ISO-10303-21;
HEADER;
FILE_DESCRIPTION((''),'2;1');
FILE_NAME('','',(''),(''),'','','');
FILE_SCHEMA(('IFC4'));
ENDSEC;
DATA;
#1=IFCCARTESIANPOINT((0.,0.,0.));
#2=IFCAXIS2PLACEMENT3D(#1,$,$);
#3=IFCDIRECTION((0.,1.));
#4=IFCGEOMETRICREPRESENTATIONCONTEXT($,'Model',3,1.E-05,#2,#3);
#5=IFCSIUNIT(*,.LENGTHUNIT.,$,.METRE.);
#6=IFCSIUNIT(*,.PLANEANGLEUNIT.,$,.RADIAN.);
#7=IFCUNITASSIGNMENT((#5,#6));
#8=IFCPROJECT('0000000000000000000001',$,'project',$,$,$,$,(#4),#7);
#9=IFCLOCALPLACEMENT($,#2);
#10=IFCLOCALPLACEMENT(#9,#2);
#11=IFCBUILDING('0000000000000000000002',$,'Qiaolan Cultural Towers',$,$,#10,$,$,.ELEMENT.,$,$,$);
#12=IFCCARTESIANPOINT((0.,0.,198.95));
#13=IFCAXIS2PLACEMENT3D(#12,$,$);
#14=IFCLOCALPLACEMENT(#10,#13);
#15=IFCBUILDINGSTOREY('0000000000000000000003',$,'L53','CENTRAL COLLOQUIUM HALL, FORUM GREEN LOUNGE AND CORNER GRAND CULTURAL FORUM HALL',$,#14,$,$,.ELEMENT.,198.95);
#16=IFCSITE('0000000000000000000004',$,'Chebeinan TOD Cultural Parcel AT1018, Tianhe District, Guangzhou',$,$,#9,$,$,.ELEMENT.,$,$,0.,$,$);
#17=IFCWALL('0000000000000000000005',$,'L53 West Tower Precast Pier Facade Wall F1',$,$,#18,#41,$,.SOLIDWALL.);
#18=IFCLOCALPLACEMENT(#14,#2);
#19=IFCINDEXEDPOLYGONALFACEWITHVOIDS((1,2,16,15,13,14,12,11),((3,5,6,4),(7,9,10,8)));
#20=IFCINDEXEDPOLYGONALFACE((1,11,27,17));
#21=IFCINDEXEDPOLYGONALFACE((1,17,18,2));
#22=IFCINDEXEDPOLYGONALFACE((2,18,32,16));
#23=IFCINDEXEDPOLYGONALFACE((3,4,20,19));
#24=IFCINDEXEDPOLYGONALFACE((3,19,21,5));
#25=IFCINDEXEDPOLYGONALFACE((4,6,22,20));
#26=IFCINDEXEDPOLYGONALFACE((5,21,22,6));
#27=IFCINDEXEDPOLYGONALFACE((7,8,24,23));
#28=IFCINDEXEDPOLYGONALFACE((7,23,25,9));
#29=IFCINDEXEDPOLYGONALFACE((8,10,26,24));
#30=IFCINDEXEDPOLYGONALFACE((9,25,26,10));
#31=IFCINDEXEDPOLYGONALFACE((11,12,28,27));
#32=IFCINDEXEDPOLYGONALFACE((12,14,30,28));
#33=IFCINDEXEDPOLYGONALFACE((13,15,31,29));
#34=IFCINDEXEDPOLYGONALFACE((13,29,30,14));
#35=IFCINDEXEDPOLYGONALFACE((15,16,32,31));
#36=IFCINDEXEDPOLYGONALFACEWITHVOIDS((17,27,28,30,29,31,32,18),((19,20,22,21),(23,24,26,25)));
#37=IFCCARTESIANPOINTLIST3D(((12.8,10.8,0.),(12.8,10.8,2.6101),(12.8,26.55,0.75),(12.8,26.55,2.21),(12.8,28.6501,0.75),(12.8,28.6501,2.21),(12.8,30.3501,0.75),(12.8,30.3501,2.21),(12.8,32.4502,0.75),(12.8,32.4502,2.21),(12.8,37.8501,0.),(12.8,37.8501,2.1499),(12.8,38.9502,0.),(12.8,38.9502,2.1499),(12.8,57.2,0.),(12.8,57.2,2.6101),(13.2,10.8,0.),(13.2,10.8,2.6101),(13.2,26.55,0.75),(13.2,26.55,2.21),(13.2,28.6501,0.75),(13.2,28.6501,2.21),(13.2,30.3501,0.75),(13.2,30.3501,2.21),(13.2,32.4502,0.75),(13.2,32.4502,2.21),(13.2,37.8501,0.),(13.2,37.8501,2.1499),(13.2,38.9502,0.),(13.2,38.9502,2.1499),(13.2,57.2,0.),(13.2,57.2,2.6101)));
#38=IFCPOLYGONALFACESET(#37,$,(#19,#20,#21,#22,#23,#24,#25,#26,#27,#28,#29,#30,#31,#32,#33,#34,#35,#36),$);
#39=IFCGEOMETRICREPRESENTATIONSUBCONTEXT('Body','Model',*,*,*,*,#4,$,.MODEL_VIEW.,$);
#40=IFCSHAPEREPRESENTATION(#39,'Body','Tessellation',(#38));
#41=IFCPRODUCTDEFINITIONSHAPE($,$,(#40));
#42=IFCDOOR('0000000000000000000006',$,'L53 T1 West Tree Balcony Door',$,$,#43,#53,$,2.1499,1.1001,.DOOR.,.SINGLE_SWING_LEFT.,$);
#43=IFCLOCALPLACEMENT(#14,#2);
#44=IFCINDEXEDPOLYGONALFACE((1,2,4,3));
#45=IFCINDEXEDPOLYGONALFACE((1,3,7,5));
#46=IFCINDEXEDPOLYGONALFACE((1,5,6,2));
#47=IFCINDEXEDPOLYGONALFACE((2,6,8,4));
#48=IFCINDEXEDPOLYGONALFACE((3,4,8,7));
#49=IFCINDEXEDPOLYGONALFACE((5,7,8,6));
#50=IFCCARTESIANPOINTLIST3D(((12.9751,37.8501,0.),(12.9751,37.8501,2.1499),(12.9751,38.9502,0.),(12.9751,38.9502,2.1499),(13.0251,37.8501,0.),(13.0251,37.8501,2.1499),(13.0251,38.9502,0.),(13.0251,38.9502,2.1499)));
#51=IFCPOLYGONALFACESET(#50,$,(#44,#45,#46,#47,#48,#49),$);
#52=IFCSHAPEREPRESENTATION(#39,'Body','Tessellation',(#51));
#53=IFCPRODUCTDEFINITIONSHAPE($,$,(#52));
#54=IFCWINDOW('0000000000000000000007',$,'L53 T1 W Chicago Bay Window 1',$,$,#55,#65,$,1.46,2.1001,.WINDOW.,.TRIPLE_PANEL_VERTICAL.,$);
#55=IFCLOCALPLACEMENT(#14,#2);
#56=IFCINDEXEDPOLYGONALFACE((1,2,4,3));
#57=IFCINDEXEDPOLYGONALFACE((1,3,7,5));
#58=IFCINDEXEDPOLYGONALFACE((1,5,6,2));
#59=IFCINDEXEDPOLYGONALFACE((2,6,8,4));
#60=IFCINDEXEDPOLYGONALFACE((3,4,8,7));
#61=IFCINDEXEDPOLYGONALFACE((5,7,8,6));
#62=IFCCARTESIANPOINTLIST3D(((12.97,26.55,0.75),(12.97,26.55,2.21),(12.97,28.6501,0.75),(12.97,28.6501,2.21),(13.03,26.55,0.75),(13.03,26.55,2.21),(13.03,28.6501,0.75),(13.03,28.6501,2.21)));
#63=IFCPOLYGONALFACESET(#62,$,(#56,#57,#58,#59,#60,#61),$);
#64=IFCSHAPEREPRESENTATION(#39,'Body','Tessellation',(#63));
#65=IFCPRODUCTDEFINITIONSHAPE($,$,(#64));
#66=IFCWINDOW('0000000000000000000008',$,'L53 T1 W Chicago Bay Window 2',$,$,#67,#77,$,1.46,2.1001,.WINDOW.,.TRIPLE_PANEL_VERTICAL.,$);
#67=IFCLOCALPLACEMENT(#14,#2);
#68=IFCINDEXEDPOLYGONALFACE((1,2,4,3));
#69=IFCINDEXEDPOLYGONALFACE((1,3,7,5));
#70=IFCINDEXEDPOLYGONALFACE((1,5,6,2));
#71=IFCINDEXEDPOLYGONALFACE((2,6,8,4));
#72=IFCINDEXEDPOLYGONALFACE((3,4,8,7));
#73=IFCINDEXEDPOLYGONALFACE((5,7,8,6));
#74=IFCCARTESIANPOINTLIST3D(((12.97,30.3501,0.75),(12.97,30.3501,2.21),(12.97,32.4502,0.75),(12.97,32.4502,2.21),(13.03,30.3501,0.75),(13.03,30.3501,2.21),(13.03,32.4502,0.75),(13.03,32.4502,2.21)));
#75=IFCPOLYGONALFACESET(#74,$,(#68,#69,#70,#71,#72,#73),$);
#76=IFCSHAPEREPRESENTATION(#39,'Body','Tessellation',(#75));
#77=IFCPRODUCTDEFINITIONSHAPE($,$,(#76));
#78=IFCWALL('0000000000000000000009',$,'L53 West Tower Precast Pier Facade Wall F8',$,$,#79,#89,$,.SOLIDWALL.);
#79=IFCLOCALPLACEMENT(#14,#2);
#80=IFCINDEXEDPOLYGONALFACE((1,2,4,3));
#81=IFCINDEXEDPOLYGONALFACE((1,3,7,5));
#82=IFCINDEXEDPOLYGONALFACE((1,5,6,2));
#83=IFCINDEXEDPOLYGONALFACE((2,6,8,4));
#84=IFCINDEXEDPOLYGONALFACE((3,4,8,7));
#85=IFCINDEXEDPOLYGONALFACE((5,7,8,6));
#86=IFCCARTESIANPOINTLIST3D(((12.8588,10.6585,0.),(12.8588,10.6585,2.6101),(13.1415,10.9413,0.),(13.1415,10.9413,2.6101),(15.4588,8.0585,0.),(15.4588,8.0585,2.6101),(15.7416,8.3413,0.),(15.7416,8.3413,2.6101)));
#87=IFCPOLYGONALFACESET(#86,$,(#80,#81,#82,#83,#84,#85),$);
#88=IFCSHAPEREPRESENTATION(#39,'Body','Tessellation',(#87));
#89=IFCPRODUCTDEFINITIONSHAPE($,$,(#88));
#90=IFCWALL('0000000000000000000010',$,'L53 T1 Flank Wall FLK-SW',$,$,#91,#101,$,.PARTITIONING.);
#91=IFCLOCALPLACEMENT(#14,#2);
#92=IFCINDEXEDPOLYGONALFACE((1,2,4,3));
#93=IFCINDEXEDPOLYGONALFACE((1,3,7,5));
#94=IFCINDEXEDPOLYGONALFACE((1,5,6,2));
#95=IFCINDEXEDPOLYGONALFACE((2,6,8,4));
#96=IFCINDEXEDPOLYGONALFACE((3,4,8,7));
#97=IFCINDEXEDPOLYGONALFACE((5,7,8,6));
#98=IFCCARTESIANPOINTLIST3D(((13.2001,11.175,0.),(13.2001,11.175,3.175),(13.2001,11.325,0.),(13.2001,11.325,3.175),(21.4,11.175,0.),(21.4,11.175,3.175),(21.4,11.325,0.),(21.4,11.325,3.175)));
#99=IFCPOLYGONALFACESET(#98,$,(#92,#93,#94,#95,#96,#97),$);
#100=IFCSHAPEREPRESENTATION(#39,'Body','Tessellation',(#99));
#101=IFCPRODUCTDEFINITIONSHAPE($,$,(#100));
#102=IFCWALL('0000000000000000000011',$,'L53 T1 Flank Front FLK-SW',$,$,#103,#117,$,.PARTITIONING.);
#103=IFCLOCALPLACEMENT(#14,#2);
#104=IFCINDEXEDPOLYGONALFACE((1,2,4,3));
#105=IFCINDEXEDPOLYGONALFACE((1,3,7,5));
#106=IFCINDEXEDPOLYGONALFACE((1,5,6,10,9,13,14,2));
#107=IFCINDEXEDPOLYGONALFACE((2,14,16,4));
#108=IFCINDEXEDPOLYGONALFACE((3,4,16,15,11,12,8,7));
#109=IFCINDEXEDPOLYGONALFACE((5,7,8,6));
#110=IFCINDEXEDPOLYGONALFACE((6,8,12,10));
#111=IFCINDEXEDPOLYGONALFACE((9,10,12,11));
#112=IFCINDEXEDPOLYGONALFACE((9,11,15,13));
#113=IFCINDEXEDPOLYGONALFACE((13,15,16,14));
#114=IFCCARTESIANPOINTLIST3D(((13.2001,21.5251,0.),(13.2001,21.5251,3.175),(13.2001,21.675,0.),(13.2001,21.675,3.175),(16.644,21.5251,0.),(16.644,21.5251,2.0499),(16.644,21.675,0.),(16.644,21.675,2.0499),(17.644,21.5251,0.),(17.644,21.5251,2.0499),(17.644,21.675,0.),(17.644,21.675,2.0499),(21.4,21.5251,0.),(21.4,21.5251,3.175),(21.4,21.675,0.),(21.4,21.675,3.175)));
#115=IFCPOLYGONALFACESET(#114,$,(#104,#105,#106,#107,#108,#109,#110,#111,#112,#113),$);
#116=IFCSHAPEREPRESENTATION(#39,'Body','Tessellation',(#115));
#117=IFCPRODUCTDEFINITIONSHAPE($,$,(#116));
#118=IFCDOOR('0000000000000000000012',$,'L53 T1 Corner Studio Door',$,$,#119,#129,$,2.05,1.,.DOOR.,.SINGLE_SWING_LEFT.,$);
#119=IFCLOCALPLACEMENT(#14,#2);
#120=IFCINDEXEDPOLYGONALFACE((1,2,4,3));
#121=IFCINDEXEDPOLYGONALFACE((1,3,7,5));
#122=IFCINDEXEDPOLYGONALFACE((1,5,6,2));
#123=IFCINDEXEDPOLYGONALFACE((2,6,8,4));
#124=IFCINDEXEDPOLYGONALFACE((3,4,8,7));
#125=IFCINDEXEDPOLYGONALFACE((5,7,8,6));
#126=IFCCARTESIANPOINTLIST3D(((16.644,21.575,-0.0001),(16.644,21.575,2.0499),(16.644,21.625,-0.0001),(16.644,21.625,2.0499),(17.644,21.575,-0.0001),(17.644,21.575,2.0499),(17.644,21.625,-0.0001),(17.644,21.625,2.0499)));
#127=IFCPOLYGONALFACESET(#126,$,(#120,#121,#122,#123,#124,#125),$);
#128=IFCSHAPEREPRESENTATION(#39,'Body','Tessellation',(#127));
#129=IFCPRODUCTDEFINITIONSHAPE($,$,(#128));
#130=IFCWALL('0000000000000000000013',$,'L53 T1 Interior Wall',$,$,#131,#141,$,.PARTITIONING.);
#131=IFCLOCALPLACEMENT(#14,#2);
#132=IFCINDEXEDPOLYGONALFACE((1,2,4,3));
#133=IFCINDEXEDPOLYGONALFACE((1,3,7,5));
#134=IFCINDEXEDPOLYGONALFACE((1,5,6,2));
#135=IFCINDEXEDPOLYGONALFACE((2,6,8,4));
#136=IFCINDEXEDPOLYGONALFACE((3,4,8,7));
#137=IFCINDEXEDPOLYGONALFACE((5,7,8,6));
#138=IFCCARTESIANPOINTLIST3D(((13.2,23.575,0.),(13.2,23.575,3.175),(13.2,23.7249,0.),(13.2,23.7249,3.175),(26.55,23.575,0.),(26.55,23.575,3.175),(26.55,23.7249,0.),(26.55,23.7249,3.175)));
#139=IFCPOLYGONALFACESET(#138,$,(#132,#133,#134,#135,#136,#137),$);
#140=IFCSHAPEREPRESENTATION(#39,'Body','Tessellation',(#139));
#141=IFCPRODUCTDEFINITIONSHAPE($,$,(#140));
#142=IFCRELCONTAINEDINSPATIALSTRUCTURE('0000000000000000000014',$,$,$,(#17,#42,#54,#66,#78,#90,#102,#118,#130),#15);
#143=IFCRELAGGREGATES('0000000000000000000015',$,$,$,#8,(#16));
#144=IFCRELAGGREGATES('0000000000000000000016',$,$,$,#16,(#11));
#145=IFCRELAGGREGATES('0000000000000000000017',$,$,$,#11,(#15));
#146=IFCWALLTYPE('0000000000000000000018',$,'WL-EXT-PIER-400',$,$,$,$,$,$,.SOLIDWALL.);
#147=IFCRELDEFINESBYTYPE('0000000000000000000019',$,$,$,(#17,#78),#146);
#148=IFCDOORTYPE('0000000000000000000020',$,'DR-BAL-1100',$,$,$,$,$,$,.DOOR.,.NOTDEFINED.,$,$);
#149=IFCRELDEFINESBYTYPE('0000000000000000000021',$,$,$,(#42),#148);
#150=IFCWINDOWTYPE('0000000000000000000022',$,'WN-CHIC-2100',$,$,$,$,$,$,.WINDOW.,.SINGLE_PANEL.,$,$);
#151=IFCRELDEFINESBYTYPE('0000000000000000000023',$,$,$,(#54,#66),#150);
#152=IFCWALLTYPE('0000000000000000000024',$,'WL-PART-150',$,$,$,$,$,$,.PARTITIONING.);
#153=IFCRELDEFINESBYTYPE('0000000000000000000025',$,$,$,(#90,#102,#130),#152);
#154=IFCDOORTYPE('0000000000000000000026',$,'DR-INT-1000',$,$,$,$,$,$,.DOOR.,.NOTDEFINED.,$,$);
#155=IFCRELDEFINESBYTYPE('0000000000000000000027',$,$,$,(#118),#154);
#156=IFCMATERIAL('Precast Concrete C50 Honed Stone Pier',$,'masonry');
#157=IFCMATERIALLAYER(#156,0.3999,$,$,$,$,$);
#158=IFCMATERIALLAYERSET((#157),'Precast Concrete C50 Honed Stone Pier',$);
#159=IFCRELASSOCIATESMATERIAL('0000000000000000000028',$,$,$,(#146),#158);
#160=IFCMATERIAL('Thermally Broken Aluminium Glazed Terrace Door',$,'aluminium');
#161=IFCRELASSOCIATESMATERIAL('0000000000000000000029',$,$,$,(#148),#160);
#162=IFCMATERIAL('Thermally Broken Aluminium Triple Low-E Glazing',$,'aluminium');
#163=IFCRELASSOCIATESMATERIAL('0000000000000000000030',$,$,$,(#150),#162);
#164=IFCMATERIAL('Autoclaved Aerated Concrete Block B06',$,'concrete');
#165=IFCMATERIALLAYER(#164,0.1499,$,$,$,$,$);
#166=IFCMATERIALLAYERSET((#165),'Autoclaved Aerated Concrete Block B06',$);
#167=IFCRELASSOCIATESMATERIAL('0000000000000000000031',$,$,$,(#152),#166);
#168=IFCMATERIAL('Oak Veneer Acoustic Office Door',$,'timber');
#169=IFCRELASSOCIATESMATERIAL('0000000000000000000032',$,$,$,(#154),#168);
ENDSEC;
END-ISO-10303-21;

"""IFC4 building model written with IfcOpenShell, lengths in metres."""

from ifc_helpers import new_model, si_unit, direction, frame, frame_2d, origin, place, context, subcontext, project, spatial, rectangle, extrude, material, layer, layer_set, type_object, element, fill, save


model = new_model("IFC4")

# Units and contexts
model_context = context("Model", 3, precision=1e-05, world=origin(), true_north=direction((0.0, 1.0)))
body_context = subcontext(model_context, "Body", "Model", "MODEL_VIEW")
ifc_project = project(units=[si_unit("LENGTHUNIT", "METRE"), si_unit("PLANEANGLEUNIT", "RADIAN")], contexts=[model_context])

# Site, building, storey
site_placement = place(None, origin())
site = spatial("IfcSite", under=ifc_project, at=site_placement, Name="Chebeinan TOD Cultural Parcel AT1018, Tianhe District, Guangzhou", CompositionType="ELEMENT", RefElevation=0.0)
building_placement = place(site_placement, origin())
building = spatial("IfcBuilding", under=site, at=building_placement, Name="Qiaolan Cultural Towers", CompositionType="ELEMENT")
storey_placement = place(building_placement, frame((0.0, 0.0, 198.95)))
storey = spatial("IfcBuildingStorey", under=building, at=storey_placement, Name="L53", Description="CENTRAL COLLOQUIUM HALL, FORUM GREEN LOUNGE AND CORNER GRAND CULTURAL FORUM HALL", CompositionType="ELEMENT", Elevation=198.95)

# Wall, openings, door, windows
ifc_material_1 = material(Name="Precast Concrete C50 Honed Stone Pier", Category="masonry")
ifc_layer_1 = layer(ifc_material_1, 0.3999)
ifc_layer_set_1 = layer_set([ifc_layer_1], Name="Precast Concrete C50 Honed Stone Pier")
wall_type_1 = type_object("IfcWallType", Name="WL-EXT-PIER-400", PredefinedType="SOLIDWALL", material=ifc_layer_set_1)
wall_1_placement = place(storey_placement, frame((13.0, 10.8, 0.0), z_axis=(0.0, 0.0, 1.0), x_axis=(0.0, 1.0, 0.0)))
wall_1 = element("IfcWall", 1, at=wall_1_placement, inside=storey, type_object=wall_type_1, Name="L53 West Tower Precast Pier Facade Wall F1", PredefinedType="SOLIDWALL", context=body_context, shape_type="SweptSolid", body=[
    extrude(rectangle(XDim=46.3999, YDim=0.3999, at=frame_2d((23.2, 0.0))), origin(), (0.0, 0.0, 1.0), 2.6101),
])
opening_1_placement = place(wall_1_placement, frame((15.75, 0.0, 0.75)))
opening_1 = element("IfcOpeningElement", 2, at=opening_1_placement, cuts=wall_1, PredefinedType="OPENING", context=body_context, shape_type="SweptSolid", body=[
    extrude(rectangle(XDim=2.1001, YDim=1.46, at=frame_2d((1.05, 0.73))), frame((0.0, 0.21, 0.0), z_axis=(0.0, -1.0, 0.0), x_axis=(1.0, 0.0, 0.0)), (0.0, 0.0, 1.0), 0.4199),
])
opening_2_placement = place(wall_1_placement, frame((19.55, 0.0, 0.75)))
opening_2 = element("IfcOpeningElement", 3, at=opening_2_placement, cuts=wall_1, PredefinedType="OPENING", context=body_context, shape_type="SweptSolid", body=[
    extrude(rectangle(XDim=2.1001, YDim=1.46, at=frame_2d((1.05, 0.73))), frame((0.0, 0.21, 0.0), z_axis=(0.0, -1.0, 0.0), x_axis=(1.0, 0.0, 0.0)), (0.0, 0.0, 1.0), 0.4199),
])
opening_3_placement = place(wall_1_placement, frame((27.05, 0.0, 0.0)))
opening_3 = element("IfcOpeningElement", 4, at=opening_3_placement, cuts=wall_1, PredefinedType="OPENING", context=body_context, shape_type="SweptSolid", body=[
    extrude(rectangle(XDim=1.1001, YDim=2.1499, at=frame_2d((0.55, 1.075))), frame((0.0, 0.21, 0.0), z_axis=(0.0, -1.0, 0.0), x_axis=(1.0, 0.0, 0.0)), (0.0, 0.0, 1.0), 0.4199),
])
ifc_material_2 = material(Name="Thermally Broken Aluminium Glazed Terrace Door", Category="aluminium")
door_type_1 = type_object("IfcDoorType", Name="DR-BAL-1100", OperationType="NOTDEFINED", PredefinedType="DOOR", material=ifc_material_2)
door_1_placement = place(opening_3_placement, origin())
door_1 = element("IfcDoor", 5, at=door_1_placement, inside=storey, type_object=door_type_1, Name="L53 T1 West Tree Balcony Door", OperationType="SINGLE_SWING_LEFT", OverallHeight=2.1499, OverallWidth=1.1001, PredefinedType="DOOR", context=body_context, shape_type="SweptSolid", body=[
    extrude(rectangle(XDim=1.1001, YDim=2.1499, at=frame_2d((0.55, 1.075))), frame((0.0, 0.0249, 0.0), z_axis=(0.0, -1.0, 0.0), x_axis=(1.0, 0.0, 0.0)), (0.0, 0.0, 1.0), 0.05),
])
fill(opening_3, door_1)
ifc_material_3 = material(Name="Thermally Broken Aluminium Triple Low-E Glazing", Category="aluminium")
window_type = type_object("IfcWindowType", Name="WN-CHIC-2100", PartitioningType="SINGLE_PANEL", PredefinedType="WINDOW", material=ifc_material_3)
window_1_placement = place(opening_1_placement, origin())
window_1 = element("IfcWindow", 6, at=window_1_placement, inside=storey, type_object=window_type, Name="L53 T1 W Chicago Bay Window 1", OverallHeight=1.46, OverallWidth=2.1001, PartitioningType="TRIPLE_PANEL_VERTICAL", PredefinedType="WINDOW", context=body_context, shape_type="SweptSolid", body=[
    extrude(rectangle(XDim=2.1001, YDim=1.46, at=frame_2d((1.05, 0.73))), frame((0.0, 0.03, 0.0), z_axis=(0.0, -1.0, 0.0), x_axis=(1.0, 0.0, 0.0)), (0.0, 0.0, 1.0), 0.0601),
])
fill(opening_1, window_1)
window_2_placement = place(opening_2_placement, origin())
window_2 = element("IfcWindow", 7, at=window_2_placement, inside=storey, type_object=window_type, Name="L53 T1 W Chicago Bay Window 2", OverallHeight=1.46, OverallWidth=2.1001, PartitioningType="TRIPLE_PANEL_VERTICAL", PredefinedType="WINDOW", context=body_context, shape_type="SweptSolid", body=[
    extrude(rectangle(XDim=2.1001, YDim=1.46, at=frame_2d((1.05, 0.73))), frame((0.0, 0.03, 0.0), z_axis=(0.0, -1.0, 0.0), x_axis=(1.0, 0.0, 0.0)), (0.0, 0.0, 1.0), 0.0601),
])
fill(opening_2, window_2)

# Walls
wall_2_placement = place(storey_placement, frame((15.6001, 8.2, 0.0), z_axis=(0.0, 0.0, 1.0), x_axis=(-0.707107, 0.707107, 0.0)))
element("IfcWall", 8, at=wall_2_placement, inside=storey, type_object=wall_type_1, Name="L53 West Tower Precast Pier Facade Wall F8", PredefinedType="SOLIDWALL", context=body_context, shape_type="SweptSolid", body=[
    extrude(rectangle(XDim=3.677, YDim=0.3999, at=frame_2d((1.8384, 0.0))), origin(), (0.0, 0.0, 1.0), 2.6101),
])
ifc_material_4 = material(Name="Autoclaved Aerated Concrete Block B06", Category="concrete")
ifc_layer_2 = layer(ifc_material_4, 0.1499)
ifc_layer_set_2 = layer_set([ifc_layer_2], Name="Autoclaved Aerated Concrete Block B06")
wall_type_2 = type_object("IfcWallType", Name="WL-PART-150", PredefinedType="PARTITIONING", material=ifc_layer_set_2)
wall_3_placement = place(storey_placement, frame((13.2, 11.25, 0.0), z_axis=(0.0, 0.0, 1.0), x_axis=(1.0, 0.0, 0.0)))
element("IfcWall", 9, at=wall_3_placement, inside=storey, type_object=wall_type_2, Name="L53 T1 Flank Wall FLK-SW", PredefinedType="PARTITIONING", context=body_context, shape_type="SweptSolid", body=[
    extrude(rectangle(XDim=8.2, YDim=0.1499, at=frame_2d((4.1001, 0.0))), origin(), (0.0, 0.0, 1.0), 3.175),
])

# Wall, opening, door
wall_4_placement = place(storey_placement, frame((13.2, 21.6001, 0.0), z_axis=(0.0, 0.0, 1.0), x_axis=(1.0, 0.0, 0.0)))
wall_4 = element("IfcWall", 10, at=wall_4_placement, inside=storey, type_object=wall_type_2, Name="L53 T1 Flank Front FLK-SW", PredefinedType="PARTITIONING", context=body_context, shape_type="SweptSolid", body=[
    extrude(rectangle(XDim=8.2, YDim=0.1499, at=frame_2d((4.1001, 0.0))), origin(), (0.0, 0.0, 1.0), 3.175),
])
opening_4_placement = place(wall_4_placement, frame((3.4441, 0.0, 0.0)))
opening_4 = element("IfcOpeningElement", 11, at=opening_4_placement, cuts=wall_4, PredefinedType="OPENING", context=body_context, shape_type="SweptSolid", body=[
    extrude(rectangle(XDim=1.0, YDim=2.05, at=frame_2d((0.5, 1.0249))), frame((0.0, 0.085, 0.0), z_axis=(0.0, -1.0, 0.0), x_axis=(1.0, 0.0, 0.0)), (0.0, 0.0, 1.0), 0.1699),
])
ifc_material_5 = material(Name="Oak Veneer Acoustic Office Door", Category="timber")
door_type_2 = type_object("IfcDoorType", Name="DR-INT-1000", OperationType="NOTDEFINED", PredefinedType="DOOR", material=ifc_material_5)
door_2_placement = place(opening_4_placement, origin())
door_2 = element("IfcDoor", 12, at=door_2_placement, inside=storey, type_object=door_type_2, Name="L53 T1 Corner Studio Door", OperationType="SINGLE_SWING_LEFT", OverallHeight=2.05, OverallWidth=1.0, PredefinedType="DOOR", context=body_context, shape_type="SweptSolid", body=[
    extrude(rectangle(XDim=1.0, YDim=2.05, at=frame_2d((0.5, 1.0249))), frame((0.0, 0.0249, 0.0), z_axis=(0.0, -1.0, 0.0), x_axis=(1.0, 0.0, 0.0)), (0.0, 0.0, 1.0), 0.05),
])
fill(opening_4, door_2)

# Wall
wall_5_placement = place(storey_placement, frame((13.2, 23.6499, 0.0), z_axis=(0.0, 0.0, 1.0), x_axis=(1.0, 0.0, 0.0)))
element("IfcWall", 13, at=wall_5_placement, inside=storey, type_object=wall_type_2, Name="L53 T1 Interior Wall", PredefinedType="PARTITIONING", context=body_context, shape_type="SweptSolid", body=[
    extrude(rectangle(XDim=13.3501, YDim=0.1499, at=frame_2d((6.675, 0.0))), origin(), (0.0, 0.0, 1.0), 3.175),
])

save(model, "model.ifc")
